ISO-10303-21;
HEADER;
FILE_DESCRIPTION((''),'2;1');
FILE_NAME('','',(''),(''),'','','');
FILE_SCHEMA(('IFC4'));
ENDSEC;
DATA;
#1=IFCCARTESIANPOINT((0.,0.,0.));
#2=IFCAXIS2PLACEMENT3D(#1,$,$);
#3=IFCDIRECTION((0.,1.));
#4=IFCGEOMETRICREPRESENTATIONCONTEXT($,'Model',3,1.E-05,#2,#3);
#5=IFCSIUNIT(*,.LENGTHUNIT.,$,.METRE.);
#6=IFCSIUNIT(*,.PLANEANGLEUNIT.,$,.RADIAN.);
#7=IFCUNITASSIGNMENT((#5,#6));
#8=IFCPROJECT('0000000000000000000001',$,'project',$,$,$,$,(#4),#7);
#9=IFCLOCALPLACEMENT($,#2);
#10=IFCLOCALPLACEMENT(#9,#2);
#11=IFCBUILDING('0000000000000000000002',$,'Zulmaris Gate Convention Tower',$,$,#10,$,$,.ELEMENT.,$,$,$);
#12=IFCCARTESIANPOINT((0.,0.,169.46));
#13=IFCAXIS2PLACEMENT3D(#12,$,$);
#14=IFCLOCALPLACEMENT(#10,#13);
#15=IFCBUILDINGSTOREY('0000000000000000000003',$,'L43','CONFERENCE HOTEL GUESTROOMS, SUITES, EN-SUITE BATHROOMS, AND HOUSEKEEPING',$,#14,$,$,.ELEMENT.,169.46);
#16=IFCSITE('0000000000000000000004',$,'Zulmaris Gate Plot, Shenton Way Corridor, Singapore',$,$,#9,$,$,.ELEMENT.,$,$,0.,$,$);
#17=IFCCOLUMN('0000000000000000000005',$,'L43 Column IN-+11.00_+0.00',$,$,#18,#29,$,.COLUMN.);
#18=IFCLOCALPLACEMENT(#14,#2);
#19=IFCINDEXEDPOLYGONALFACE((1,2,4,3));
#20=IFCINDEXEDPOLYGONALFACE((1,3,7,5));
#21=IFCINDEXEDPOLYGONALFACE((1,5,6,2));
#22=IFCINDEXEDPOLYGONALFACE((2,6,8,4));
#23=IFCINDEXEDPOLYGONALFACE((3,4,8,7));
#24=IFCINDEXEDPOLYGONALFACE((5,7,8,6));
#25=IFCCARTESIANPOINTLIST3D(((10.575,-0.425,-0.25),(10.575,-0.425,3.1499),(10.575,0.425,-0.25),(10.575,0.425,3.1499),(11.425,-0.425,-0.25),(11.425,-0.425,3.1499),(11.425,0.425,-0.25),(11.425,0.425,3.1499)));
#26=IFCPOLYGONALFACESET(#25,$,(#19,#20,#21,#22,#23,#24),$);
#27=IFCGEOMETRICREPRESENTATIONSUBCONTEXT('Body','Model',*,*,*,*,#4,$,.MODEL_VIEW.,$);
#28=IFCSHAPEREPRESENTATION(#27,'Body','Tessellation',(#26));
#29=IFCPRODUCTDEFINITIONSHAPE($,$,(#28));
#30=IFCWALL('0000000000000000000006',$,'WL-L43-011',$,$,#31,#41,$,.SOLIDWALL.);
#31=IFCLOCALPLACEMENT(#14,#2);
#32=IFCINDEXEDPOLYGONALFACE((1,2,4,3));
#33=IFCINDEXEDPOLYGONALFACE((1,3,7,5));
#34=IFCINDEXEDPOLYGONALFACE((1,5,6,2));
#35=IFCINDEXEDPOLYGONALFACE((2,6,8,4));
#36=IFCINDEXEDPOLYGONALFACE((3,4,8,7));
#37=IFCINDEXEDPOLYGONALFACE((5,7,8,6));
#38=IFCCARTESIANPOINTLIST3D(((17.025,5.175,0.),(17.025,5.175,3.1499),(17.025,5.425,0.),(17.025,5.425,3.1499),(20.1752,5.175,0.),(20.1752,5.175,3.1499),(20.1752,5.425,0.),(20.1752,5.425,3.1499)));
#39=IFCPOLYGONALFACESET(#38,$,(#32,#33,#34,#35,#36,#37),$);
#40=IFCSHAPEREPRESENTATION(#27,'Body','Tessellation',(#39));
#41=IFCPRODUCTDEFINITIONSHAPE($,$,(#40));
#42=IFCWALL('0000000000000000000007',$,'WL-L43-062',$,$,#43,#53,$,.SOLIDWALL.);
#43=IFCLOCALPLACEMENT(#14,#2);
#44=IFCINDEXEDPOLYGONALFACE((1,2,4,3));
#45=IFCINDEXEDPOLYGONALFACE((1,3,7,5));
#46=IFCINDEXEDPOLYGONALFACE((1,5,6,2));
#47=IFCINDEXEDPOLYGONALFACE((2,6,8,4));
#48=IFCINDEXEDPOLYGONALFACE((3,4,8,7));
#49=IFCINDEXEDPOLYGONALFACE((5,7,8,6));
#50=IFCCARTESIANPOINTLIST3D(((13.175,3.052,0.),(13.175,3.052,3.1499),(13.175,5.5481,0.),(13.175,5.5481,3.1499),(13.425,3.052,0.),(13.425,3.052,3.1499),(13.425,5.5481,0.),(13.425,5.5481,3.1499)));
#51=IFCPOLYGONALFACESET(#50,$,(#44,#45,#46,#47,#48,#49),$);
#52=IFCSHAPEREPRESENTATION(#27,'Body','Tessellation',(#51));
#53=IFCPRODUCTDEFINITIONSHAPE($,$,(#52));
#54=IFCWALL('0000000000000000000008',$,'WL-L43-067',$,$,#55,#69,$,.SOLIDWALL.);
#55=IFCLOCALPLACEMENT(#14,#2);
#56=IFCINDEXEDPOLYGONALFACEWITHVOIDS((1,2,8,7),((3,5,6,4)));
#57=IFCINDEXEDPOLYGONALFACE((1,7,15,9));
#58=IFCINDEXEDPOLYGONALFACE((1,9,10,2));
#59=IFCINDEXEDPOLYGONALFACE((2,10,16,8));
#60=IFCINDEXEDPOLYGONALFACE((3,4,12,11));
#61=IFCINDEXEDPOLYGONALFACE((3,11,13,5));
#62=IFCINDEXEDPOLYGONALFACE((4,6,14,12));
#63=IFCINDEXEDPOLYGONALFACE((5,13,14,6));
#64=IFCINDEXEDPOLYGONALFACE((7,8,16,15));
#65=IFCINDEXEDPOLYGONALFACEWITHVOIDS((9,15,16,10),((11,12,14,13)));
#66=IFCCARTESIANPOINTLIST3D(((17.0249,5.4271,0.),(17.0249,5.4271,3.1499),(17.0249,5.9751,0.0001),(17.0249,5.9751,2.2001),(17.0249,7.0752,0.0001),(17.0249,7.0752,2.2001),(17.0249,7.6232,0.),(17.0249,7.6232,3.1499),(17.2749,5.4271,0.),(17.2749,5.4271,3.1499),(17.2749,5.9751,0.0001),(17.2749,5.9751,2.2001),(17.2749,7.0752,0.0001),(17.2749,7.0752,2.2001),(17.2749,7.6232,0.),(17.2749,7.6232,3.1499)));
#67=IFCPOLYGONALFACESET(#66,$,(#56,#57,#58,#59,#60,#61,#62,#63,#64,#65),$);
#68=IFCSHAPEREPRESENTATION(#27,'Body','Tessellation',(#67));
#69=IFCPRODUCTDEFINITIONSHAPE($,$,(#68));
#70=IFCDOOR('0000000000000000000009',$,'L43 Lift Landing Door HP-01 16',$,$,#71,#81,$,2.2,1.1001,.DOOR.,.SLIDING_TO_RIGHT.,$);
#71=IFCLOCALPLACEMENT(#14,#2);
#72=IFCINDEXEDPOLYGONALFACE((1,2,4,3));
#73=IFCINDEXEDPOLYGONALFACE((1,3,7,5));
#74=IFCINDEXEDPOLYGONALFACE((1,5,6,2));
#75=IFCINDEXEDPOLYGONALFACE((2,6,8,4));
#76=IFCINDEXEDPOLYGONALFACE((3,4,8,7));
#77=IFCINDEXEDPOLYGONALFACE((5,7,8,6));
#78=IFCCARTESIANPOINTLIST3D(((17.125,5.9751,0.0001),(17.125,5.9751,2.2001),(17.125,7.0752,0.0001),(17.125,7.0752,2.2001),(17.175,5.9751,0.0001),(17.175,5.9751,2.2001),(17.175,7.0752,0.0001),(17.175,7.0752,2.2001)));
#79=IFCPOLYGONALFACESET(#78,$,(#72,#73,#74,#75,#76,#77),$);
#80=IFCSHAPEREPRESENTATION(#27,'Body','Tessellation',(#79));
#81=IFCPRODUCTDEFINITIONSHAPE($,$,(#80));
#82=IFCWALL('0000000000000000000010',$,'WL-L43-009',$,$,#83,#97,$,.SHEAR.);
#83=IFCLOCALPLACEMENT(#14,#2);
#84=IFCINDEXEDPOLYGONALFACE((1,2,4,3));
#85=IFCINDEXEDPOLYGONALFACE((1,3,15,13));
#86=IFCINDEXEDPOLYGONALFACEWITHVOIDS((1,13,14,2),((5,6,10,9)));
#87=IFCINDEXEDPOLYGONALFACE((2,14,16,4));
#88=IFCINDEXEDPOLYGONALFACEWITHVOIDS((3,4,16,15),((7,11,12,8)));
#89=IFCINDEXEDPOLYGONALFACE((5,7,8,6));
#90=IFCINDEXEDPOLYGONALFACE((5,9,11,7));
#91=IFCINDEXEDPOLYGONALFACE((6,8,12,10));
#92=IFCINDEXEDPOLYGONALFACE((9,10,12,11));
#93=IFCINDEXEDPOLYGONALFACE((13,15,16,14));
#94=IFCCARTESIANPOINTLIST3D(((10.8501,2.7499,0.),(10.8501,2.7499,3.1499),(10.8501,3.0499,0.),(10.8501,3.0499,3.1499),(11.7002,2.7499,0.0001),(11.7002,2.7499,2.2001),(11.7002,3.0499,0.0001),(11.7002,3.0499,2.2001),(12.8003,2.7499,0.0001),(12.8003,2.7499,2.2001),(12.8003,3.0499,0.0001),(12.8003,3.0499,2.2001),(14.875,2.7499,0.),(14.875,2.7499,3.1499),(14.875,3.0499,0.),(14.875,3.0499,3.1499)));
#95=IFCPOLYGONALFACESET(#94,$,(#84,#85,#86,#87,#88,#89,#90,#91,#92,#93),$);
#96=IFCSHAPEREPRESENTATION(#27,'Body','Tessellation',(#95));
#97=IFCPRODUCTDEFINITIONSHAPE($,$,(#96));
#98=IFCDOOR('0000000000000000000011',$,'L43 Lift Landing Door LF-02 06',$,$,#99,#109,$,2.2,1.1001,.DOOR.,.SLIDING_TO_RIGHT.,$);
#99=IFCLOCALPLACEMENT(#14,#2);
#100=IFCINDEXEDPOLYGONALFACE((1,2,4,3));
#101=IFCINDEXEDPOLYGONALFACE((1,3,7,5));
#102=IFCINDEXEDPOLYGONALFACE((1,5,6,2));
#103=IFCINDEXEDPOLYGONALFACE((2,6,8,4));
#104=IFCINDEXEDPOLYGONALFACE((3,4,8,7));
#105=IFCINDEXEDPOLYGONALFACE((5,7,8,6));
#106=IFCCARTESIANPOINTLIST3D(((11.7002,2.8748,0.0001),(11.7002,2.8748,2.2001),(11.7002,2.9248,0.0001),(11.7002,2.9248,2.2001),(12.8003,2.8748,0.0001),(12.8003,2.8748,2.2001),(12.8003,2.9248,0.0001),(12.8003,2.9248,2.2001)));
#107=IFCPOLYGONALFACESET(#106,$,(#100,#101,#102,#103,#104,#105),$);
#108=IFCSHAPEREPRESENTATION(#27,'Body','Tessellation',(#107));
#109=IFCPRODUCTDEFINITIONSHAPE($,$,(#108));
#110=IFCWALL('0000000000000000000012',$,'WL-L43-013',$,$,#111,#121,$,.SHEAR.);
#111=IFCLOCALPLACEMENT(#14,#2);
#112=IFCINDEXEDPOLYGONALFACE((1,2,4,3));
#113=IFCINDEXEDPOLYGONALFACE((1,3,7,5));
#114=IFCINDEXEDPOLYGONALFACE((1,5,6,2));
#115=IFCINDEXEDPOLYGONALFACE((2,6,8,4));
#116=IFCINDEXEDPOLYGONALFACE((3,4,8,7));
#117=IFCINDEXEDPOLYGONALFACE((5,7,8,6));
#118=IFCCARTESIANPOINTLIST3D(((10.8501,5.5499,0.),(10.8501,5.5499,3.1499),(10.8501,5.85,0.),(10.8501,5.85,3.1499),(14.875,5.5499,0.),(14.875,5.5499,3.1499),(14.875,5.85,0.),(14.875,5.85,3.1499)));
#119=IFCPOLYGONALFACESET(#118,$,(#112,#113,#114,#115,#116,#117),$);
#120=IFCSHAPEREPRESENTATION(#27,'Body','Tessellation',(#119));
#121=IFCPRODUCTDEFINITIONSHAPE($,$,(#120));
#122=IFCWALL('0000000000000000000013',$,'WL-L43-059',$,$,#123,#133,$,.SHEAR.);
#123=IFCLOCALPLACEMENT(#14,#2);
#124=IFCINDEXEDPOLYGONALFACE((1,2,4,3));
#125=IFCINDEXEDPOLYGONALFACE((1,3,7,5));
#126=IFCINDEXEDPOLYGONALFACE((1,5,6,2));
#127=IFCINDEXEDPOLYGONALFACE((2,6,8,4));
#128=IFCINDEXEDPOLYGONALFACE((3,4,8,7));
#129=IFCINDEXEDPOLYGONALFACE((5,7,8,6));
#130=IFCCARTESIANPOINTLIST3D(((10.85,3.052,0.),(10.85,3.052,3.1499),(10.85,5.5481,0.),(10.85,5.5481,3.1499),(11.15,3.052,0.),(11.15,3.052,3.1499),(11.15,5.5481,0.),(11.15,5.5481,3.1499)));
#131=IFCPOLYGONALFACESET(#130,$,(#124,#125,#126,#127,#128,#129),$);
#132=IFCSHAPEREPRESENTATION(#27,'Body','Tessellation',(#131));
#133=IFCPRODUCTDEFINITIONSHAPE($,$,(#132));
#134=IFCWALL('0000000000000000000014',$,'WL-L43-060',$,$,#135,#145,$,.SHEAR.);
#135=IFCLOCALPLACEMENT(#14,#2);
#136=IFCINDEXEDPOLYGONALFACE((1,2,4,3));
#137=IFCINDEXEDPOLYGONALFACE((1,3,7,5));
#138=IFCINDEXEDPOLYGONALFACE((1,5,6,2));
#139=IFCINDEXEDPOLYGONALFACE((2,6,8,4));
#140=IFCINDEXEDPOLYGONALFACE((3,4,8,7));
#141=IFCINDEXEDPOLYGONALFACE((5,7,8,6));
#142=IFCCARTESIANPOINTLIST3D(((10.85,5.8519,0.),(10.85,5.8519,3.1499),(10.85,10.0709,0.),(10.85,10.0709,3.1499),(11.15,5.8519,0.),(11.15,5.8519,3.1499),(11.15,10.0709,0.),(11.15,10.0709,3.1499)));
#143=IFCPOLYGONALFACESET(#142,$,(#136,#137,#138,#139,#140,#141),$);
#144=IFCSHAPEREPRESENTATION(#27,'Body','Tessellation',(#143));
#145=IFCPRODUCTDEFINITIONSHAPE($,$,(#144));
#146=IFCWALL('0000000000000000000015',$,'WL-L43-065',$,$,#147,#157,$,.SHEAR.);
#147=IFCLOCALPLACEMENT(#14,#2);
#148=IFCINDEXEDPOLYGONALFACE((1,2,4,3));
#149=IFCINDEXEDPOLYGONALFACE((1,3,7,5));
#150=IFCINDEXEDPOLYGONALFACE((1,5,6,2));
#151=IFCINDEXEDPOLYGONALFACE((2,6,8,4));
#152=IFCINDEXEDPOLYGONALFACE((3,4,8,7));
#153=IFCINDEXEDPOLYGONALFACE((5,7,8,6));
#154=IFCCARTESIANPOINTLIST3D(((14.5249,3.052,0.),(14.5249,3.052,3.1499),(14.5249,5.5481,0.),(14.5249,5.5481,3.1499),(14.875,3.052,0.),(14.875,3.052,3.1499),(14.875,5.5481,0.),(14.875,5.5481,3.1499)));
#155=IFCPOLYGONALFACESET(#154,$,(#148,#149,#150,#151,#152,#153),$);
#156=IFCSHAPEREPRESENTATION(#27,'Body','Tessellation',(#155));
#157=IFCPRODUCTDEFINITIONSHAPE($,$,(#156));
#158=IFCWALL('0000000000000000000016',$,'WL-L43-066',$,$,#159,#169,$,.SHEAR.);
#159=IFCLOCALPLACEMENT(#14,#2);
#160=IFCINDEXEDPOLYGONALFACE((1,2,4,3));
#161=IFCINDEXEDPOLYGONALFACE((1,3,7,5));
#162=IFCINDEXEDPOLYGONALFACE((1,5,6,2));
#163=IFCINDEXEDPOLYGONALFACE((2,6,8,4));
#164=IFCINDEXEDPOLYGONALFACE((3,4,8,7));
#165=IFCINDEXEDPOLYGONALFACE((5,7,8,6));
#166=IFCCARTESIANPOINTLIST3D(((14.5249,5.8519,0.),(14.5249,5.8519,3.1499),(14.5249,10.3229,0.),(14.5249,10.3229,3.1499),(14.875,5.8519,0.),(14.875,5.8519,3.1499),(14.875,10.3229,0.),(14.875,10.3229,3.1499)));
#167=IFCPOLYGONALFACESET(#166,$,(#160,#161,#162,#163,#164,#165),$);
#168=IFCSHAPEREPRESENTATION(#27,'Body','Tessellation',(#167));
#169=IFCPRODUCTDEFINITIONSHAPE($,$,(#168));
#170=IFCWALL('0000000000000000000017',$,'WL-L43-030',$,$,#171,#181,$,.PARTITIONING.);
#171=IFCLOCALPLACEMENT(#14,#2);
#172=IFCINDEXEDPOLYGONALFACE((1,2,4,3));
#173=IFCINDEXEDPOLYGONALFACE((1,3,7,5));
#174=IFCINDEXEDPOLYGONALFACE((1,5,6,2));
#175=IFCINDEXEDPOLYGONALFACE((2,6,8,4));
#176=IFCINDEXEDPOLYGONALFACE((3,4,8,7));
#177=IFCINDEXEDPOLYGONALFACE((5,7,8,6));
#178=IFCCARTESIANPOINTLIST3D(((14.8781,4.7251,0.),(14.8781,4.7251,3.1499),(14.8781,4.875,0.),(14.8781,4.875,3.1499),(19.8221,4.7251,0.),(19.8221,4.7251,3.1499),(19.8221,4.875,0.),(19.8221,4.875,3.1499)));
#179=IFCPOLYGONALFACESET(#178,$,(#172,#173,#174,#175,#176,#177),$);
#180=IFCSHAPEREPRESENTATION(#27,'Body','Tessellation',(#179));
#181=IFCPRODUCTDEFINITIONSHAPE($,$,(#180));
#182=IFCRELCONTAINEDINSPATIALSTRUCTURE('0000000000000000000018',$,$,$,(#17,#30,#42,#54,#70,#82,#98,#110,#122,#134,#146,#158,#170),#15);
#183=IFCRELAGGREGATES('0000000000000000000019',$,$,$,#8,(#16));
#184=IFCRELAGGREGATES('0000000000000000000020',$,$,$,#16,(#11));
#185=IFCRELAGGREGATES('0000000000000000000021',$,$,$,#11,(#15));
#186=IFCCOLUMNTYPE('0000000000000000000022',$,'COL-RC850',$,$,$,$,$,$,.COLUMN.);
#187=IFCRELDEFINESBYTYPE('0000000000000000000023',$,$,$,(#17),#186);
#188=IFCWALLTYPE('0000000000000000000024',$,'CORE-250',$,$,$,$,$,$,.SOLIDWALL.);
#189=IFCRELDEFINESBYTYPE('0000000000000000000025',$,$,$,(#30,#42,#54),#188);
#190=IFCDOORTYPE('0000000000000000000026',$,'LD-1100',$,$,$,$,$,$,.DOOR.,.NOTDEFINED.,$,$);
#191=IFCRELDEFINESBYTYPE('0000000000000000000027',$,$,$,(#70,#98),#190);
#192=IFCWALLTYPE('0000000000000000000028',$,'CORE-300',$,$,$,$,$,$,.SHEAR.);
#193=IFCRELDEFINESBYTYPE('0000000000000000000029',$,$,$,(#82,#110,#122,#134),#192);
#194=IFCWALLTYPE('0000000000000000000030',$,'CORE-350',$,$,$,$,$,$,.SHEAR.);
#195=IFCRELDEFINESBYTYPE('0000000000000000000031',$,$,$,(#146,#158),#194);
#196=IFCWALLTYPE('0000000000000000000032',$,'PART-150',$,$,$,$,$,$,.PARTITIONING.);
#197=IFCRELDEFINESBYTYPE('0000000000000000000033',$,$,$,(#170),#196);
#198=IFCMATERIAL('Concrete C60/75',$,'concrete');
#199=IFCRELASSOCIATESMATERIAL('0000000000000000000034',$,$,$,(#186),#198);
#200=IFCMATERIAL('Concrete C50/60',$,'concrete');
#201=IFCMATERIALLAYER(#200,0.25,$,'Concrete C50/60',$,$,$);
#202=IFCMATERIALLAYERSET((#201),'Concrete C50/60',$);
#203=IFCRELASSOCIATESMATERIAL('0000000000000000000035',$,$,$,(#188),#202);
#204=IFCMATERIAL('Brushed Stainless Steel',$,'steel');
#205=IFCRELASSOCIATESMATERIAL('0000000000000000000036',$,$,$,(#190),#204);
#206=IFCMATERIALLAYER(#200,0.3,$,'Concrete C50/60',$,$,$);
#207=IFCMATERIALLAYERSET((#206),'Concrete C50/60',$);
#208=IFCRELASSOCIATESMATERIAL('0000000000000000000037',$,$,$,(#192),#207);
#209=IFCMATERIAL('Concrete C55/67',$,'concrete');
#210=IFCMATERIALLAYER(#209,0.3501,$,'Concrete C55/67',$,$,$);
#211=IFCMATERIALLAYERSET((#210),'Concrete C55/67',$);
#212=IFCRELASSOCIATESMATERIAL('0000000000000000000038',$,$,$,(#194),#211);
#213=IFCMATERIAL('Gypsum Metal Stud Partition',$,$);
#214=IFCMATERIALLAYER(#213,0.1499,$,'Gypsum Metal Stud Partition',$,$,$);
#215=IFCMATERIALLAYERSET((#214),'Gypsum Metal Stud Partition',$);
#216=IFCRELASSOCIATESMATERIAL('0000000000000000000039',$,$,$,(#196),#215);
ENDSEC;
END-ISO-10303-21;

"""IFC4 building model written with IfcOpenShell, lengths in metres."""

from ifc_helpers import new_model, si_unit, direction, frame, frame_2d, origin, origin_2d, place, context, subcontext, project, spatial, rectangle, extrude, material, layer, layer_set, material_profile, profile_set, type_object, element, fill, save


model = new_model("IFC4")

# Units and contexts
model_context = context("Model", 3, precision=1e-05, world=origin(), true_north=direction((0.0, 1.0)))
body_context = subcontext(model_context, "Body", "Model", "MODEL_VIEW")
ifc_project = project(units=[si_unit("LENGTHUNIT", "METRE"), si_unit("PLANEANGLEUNIT", "RADIAN")], contexts=[model_context])

# Site, building, storey
site_placement = place(None, origin())
site = spatial("IfcSite", under=ifc_project, at=site_placement, Name="Zulmaris Gate Plot, Shenton Way Corridor, Singapore", CompositionType="ELEMENT", RefElevation=0.0)
building_placement = place(site_placement, origin())
building = spatial("IfcBuilding", under=site, at=building_placement, Name="Zulmaris Gate Convention Tower", CompositionType="ELEMENT")
storey_placement = place(building_placement, frame((0.0, 0.0, 169.46)))
storey = spatial("IfcBuildingStorey", under=building, at=storey_placement, Name="L43", Description="CONFERENCE HOTEL GUESTROOMS, SUITES, EN-SUITE BATHROOMS, AND HOUSEKEEPING", CompositionType="ELEMENT", Elevation=169.46)

# Column
ifc_material_1 = material(Name="Concrete C60/75", Category="concrete")
ifc_material_profile = material_profile(ifc_material_1, rectangle(XDim=0.8501, YDim=0.8501, at=origin_2d()), Name="RC COL 850x850")
ifc_profile_set = profile_set([ifc_material_profile], Name="Concrete C60/75")
column_type = type_object("IfcColumnType", Name="COL-RC850", PredefinedType="COLUMN", material=ifc_profile_set)
column_placement = place(storey_placement, frame((11.0, 0.0, -0.25), z_axis=(0.0, 0.0, 1.0), x_axis=(1.0, 0.0, 0.0)))
element("IfcColumn", 1, at=column_placement, inside=storey, type_object=column_type, Name="L43 Column IN-+11.00_+0.00", PredefinedType="COLUMN", context=body_context, shape_type="SweptSolid", body=[
    extrude(rectangle(XDim=0.8501, YDim=0.8501, at=origin_2d()), origin(), (0.0, 0.0, 1.0), 3.3999),
])

# Walls
ifc_material_2 = material(Name="Concrete C50/60", Category="concrete")
ifc_layer_1 = layer(ifc_material_2, 0.25, Name="Concrete C50/60")
ifc_layer_set_1 = layer_set([ifc_layer_1], Name="Concrete C50/60")
wall_type_1 = type_object("IfcWallType", Name="CORE-250", PredefinedType="SOLIDWALL", material=ifc_layer_set_1)
wall_1_placement = place(storey_placement, frame((17.0249, 5.3, 0.0), z_axis=(0.0, 0.0, 1.0), x_axis=(1.0, 0.0, 0.0)))
element("IfcWall", 2, at=wall_1_placement, inside=storey, type_object=wall_type_1, Name="WL-L43-011", PredefinedType="SOLIDWALL", context=body_context, shape_type="SweptSolid", body=[
    extrude(rectangle(XDim=3.1501, YDim=0.25, at=frame_2d((1.5752, 0.0))), origin(), (0.0, 0.0, 1.0), 3.1499),
])
wall_2_placement = place(storey_placement, frame((13.3, 3.052, 0.0), z_axis=(0.0, 0.0, 1.0), x_axis=(0.0, 1.0, 0.0)))
element("IfcWall", 3, at=wall_2_placement, inside=storey, type_object=wall_type_1, Name="WL-L43-062", PredefinedType="SOLIDWALL", context=body_context, shape_type="SweptSolid", body=[
    extrude(rectangle(XDim=2.4961, YDim=0.25, at=frame_2d((1.248, 0.0))), origin(), (0.0, 0.0, 1.0), 3.1499),
])

# Walls, openings, doors
wall_3_placement = place(storey_placement, frame((17.1499, 5.427, 0.0), z_axis=(0.0, 0.0, 1.0), x_axis=(0.0, 1.0, 0.0)))
wall_3 = element("IfcWall", 4, at=wall_3_placement, inside=storey, type_object=wall_type_1, Name="WL-L43-067", PredefinedType="SOLIDWALL", context=body_context, shape_type="SweptSolid", body=[
    extrude(rectangle(XDim=2.196, YDim=0.25, at=frame_2d((1.0981, 0.0))), origin(), (0.0, 0.0, 1.0), 3.1499),
])
opening_1_placement = place(wall_3_placement, frame((0.5481, 0.0, 0.0)))
opening_1 = element("IfcOpeningElement", 5, at=opening_1_placement, cuts=wall_3, PredefinedType="OPENING", context=body_context, shape_type="SweptSolid", body=[
    extrude(rectangle(XDim=1.1001, YDim=2.2, at=frame_2d((0.55, 1.1001))), frame((0.0, 0.135, 0.0), z_axis=(0.0, -1.0, 0.0), x_axis=(1.0, 0.0, 0.0)), (0.0, 0.0, 1.0), 0.27),
])
ifc_material_3 = material(Name="Brushed Stainless Steel", Category="steel")
door_type_1 = type_object("IfcDoorType", Name="LD-1100", OperationType="NOTDEFINED", PredefinedType="DOOR", material=ifc_material_3)
door_1_placement = place(opening_1_placement, origin())
door_1 = element("IfcDoor", 6, at=door_1_placement, inside=storey, type_object=door_type_1, Name="L43 Lift Landing Door HP-01 16", OperationType="SLIDING_TO_RIGHT", OverallHeight=2.2, OverallWidth=1.1001, PredefinedType="DOOR", context=body_context, shape_type="SweptSolid", body=[
    extrude(rectangle(XDim=1.1001, YDim=2.2, at=frame_2d((0.55, 1.1001))), frame((0.0, 0.0249, 0.0), z_axis=(0.0, -1.0, 0.0), x_axis=(1.0, 0.0, 0.0)), (0.0, 0.0, 1.0), 0.05),
])
fill(opening_1, door_1)
ifc_layer_2 = layer(ifc_material_2, 0.3, Name="Concrete C50/60")
ifc_layer_set_2 = layer_set([ifc_layer_2], Name="Concrete C50/60")
wall_type_2 = type_object("IfcWallType", Name="CORE-300", PredefinedType="SHEAR", material=ifc_layer_set_2)
wall_4_placement = place(storey_placement, frame((10.8501, 2.8999, 0.0), z_axis=(0.0, 0.0, 1.0), x_axis=(1.0, 0.0, 0.0)))
wall_4 = element("IfcWall", 7, at=wall_4_placement, inside=storey, type_object=wall_type_2, Name="WL-L43-009", PredefinedType="SHEAR", context=body_context, shape_type="SweptSolid", body=[
    extrude(rectangle(XDim=4.0249, YDim=0.3, at=frame_2d((2.0125, 0.0))), origin(), (0.0, 0.0, 1.0), 3.1499),
])
opening_2_placement = place(wall_4_placement, frame((0.8501, 0.0, 0.0)))
opening_2 = element("IfcOpeningElement", 8, at=opening_2_placement, cuts=wall_4, PredefinedType="OPENING", context=body_context, shape_type="SweptSolid", body=[
    extrude(rectangle(XDim=1.1001, YDim=2.2, at=frame_2d((0.55, 1.1001))), frame((0.0, 0.1602, 0.0), z_axis=(0.0, -1.0, 0.0), x_axis=(1.0, 0.0, 0.0)), (0.0, 0.0, 1.0), 0.3201),
])
door_2_placement = place(opening_2_placement, origin())
door_2 = element("IfcDoor", 9, at=door_2_placement, inside=storey, type_object=door_type_1, Name="L43 Lift Landing Door LF-02 06", OperationType="SLIDING_TO_RIGHT", OverallHeight=2.2, OverallWidth=1.1001, PredefinedType="DOOR", context=body_context, shape_type="SweptSolid", body=[
    extrude(rectangle(XDim=1.1001, YDim=2.2, at=frame_2d((0.55, 1.1001))), frame((0.0, 0.0249, 0.0), z_axis=(0.0, -1.0, 0.0), x_axis=(1.0, 0.0, 0.0)), (0.0, 0.0, 1.0), 0.05),
])
fill(opening_2, door_2)

# Wall
wall_5_placement = place(storey_placement, frame((10.8501, 5.7, 0.0), z_axis=(0.0, 0.0, 1.0), x_axis=(1.0, 0.0, 0.0)))
element("IfcWall", 10, at=wall_5_placement, inside=storey, type_object=wall_type_2, Name="WL-L43-013", PredefinedType="SHEAR", context=body_context, shape_type="SweptSolid", body=[
    extrude(rectangle(XDim=4.0249, YDim=0.3, at=frame_2d((2.0125, 0.0))), origin(), (0.0, 0.0, 1.0), 3.1499),
])

# Walls
wall_6_placement = place(storey_placement, frame((11.0, 3.052, 0.0), z_axis=(0.0, 0.0, 1.0), x_axis=(0.0, 1.0, 0.0)))
element("IfcWall", 11, at=wall_6_placement, inside=storey, type_object=wall_type_2, Name="WL-L43-059", PredefinedType="SHEAR", context=body_context, shape_type="SweptSolid", body=[
    extrude(rectangle(XDim=2.4961, YDim=0.3, at=frame_2d((1.248, 0.0))), origin(), (0.0, 0.0, 1.0), 3.1499),
])
wall_7_placement = place(storey_placement, frame((11.0, 5.8521, 0.0), z_axis=(0.0, 0.0, 1.0), x_axis=(0.0, 1.0, 0.0)))
element("IfcWall", 12, at=wall_7_placement, inside=storey, type_object=wall_type_2, Name="WL-L43-060", PredefinedType="SHEAR", context=body_context, shape_type="SweptSolid", body=[
    extrude(rectangle(XDim=4.219, YDim=0.3, at=frame_2d((2.1094, 0.0))), origin(), (0.0, 0.0, 1.0), 3.1499),
])
ifc_material_4 = material(Name="Concrete C55/67", Category="concrete")
ifc_layer_3 = layer(ifc_material_4, 0.3501, Name="Concrete C55/67")
ifc_layer_set_3 = layer_set([ifc_layer_3], Name="Concrete C55/67")
wall_type_3 = type_object("IfcWallType", Name="CORE-350", PredefinedType="SHEAR", material=ifc_layer_set_3)
wall_8_placement = place(storey_placement, frame((14.7, 3.052, 0.0), z_axis=(0.0, 0.0, 1.0), x_axis=(0.0, 1.0, 0.0)))
element("IfcWall", 13, at=wall_8_placement, inside=storey, type_object=wall_type_3, Name="WL-L43-065", PredefinedType="SHEAR", context=body_context, shape_type="SweptSolid", body=[
    extrude(rectangle(XDim=2.4961, YDim=0.3501, at=frame_2d((1.248, 0.0))), origin(), (0.0, 0.0, 1.0), 3.1499),
])
wall_9_placement = place(storey_placement, frame((14.7, 5.8521, 0.0), z_axis=(0.0, 0.0, 1.0), x_axis=(0.0, 1.0, 0.0)))
element("IfcWall", 14, at=wall_9_placement, inside=storey, type_object=wall_type_3, Name="WL-L43-066", PredefinedType="SHEAR", context=body_context, shape_type="SweptSolid", body=[
    extrude(rectangle(XDim=4.4709, YDim=0.3501, at=frame_2d((2.2354, 0.0))), origin(), (0.0, 0.0, 1.0), 3.1499),
])
ifc_material_5 = material(Name="Gypsum Metal Stud Partition")
ifc_layer_4 = layer(ifc_material_5, 0.1499, Name="Gypsum Metal Stud Partition")
ifc_layer_set_4 = layer_set([ifc_layer_4], Name="Gypsum Metal Stud Partition")
wall_type_4 = type_object("IfcWallType", Name="PART-150", PredefinedType="PARTITIONING", material=ifc_layer_set_4)
wall_10_placement = place(storey_placement, frame((14.8779, 4.8, 0.0), z_axis=(0.0, 0.0, 1.0), x_axis=(1.0, 0.0, 0.0)))
element("IfcWall", 15, at=wall_10_placement, inside=storey, type_object=wall_type_4, Name="WL-L43-030", PredefinedType="PARTITIONING", context=body_context, shape_type="SweptSolid", body=[
    extrude(rectangle(XDim=4.9441, YDim=0.1499, at=frame_2d((2.4722, 0.0))), origin(), (0.0, 0.0, 1.0), 3.1499),
])

save(model, "model.ifc")
